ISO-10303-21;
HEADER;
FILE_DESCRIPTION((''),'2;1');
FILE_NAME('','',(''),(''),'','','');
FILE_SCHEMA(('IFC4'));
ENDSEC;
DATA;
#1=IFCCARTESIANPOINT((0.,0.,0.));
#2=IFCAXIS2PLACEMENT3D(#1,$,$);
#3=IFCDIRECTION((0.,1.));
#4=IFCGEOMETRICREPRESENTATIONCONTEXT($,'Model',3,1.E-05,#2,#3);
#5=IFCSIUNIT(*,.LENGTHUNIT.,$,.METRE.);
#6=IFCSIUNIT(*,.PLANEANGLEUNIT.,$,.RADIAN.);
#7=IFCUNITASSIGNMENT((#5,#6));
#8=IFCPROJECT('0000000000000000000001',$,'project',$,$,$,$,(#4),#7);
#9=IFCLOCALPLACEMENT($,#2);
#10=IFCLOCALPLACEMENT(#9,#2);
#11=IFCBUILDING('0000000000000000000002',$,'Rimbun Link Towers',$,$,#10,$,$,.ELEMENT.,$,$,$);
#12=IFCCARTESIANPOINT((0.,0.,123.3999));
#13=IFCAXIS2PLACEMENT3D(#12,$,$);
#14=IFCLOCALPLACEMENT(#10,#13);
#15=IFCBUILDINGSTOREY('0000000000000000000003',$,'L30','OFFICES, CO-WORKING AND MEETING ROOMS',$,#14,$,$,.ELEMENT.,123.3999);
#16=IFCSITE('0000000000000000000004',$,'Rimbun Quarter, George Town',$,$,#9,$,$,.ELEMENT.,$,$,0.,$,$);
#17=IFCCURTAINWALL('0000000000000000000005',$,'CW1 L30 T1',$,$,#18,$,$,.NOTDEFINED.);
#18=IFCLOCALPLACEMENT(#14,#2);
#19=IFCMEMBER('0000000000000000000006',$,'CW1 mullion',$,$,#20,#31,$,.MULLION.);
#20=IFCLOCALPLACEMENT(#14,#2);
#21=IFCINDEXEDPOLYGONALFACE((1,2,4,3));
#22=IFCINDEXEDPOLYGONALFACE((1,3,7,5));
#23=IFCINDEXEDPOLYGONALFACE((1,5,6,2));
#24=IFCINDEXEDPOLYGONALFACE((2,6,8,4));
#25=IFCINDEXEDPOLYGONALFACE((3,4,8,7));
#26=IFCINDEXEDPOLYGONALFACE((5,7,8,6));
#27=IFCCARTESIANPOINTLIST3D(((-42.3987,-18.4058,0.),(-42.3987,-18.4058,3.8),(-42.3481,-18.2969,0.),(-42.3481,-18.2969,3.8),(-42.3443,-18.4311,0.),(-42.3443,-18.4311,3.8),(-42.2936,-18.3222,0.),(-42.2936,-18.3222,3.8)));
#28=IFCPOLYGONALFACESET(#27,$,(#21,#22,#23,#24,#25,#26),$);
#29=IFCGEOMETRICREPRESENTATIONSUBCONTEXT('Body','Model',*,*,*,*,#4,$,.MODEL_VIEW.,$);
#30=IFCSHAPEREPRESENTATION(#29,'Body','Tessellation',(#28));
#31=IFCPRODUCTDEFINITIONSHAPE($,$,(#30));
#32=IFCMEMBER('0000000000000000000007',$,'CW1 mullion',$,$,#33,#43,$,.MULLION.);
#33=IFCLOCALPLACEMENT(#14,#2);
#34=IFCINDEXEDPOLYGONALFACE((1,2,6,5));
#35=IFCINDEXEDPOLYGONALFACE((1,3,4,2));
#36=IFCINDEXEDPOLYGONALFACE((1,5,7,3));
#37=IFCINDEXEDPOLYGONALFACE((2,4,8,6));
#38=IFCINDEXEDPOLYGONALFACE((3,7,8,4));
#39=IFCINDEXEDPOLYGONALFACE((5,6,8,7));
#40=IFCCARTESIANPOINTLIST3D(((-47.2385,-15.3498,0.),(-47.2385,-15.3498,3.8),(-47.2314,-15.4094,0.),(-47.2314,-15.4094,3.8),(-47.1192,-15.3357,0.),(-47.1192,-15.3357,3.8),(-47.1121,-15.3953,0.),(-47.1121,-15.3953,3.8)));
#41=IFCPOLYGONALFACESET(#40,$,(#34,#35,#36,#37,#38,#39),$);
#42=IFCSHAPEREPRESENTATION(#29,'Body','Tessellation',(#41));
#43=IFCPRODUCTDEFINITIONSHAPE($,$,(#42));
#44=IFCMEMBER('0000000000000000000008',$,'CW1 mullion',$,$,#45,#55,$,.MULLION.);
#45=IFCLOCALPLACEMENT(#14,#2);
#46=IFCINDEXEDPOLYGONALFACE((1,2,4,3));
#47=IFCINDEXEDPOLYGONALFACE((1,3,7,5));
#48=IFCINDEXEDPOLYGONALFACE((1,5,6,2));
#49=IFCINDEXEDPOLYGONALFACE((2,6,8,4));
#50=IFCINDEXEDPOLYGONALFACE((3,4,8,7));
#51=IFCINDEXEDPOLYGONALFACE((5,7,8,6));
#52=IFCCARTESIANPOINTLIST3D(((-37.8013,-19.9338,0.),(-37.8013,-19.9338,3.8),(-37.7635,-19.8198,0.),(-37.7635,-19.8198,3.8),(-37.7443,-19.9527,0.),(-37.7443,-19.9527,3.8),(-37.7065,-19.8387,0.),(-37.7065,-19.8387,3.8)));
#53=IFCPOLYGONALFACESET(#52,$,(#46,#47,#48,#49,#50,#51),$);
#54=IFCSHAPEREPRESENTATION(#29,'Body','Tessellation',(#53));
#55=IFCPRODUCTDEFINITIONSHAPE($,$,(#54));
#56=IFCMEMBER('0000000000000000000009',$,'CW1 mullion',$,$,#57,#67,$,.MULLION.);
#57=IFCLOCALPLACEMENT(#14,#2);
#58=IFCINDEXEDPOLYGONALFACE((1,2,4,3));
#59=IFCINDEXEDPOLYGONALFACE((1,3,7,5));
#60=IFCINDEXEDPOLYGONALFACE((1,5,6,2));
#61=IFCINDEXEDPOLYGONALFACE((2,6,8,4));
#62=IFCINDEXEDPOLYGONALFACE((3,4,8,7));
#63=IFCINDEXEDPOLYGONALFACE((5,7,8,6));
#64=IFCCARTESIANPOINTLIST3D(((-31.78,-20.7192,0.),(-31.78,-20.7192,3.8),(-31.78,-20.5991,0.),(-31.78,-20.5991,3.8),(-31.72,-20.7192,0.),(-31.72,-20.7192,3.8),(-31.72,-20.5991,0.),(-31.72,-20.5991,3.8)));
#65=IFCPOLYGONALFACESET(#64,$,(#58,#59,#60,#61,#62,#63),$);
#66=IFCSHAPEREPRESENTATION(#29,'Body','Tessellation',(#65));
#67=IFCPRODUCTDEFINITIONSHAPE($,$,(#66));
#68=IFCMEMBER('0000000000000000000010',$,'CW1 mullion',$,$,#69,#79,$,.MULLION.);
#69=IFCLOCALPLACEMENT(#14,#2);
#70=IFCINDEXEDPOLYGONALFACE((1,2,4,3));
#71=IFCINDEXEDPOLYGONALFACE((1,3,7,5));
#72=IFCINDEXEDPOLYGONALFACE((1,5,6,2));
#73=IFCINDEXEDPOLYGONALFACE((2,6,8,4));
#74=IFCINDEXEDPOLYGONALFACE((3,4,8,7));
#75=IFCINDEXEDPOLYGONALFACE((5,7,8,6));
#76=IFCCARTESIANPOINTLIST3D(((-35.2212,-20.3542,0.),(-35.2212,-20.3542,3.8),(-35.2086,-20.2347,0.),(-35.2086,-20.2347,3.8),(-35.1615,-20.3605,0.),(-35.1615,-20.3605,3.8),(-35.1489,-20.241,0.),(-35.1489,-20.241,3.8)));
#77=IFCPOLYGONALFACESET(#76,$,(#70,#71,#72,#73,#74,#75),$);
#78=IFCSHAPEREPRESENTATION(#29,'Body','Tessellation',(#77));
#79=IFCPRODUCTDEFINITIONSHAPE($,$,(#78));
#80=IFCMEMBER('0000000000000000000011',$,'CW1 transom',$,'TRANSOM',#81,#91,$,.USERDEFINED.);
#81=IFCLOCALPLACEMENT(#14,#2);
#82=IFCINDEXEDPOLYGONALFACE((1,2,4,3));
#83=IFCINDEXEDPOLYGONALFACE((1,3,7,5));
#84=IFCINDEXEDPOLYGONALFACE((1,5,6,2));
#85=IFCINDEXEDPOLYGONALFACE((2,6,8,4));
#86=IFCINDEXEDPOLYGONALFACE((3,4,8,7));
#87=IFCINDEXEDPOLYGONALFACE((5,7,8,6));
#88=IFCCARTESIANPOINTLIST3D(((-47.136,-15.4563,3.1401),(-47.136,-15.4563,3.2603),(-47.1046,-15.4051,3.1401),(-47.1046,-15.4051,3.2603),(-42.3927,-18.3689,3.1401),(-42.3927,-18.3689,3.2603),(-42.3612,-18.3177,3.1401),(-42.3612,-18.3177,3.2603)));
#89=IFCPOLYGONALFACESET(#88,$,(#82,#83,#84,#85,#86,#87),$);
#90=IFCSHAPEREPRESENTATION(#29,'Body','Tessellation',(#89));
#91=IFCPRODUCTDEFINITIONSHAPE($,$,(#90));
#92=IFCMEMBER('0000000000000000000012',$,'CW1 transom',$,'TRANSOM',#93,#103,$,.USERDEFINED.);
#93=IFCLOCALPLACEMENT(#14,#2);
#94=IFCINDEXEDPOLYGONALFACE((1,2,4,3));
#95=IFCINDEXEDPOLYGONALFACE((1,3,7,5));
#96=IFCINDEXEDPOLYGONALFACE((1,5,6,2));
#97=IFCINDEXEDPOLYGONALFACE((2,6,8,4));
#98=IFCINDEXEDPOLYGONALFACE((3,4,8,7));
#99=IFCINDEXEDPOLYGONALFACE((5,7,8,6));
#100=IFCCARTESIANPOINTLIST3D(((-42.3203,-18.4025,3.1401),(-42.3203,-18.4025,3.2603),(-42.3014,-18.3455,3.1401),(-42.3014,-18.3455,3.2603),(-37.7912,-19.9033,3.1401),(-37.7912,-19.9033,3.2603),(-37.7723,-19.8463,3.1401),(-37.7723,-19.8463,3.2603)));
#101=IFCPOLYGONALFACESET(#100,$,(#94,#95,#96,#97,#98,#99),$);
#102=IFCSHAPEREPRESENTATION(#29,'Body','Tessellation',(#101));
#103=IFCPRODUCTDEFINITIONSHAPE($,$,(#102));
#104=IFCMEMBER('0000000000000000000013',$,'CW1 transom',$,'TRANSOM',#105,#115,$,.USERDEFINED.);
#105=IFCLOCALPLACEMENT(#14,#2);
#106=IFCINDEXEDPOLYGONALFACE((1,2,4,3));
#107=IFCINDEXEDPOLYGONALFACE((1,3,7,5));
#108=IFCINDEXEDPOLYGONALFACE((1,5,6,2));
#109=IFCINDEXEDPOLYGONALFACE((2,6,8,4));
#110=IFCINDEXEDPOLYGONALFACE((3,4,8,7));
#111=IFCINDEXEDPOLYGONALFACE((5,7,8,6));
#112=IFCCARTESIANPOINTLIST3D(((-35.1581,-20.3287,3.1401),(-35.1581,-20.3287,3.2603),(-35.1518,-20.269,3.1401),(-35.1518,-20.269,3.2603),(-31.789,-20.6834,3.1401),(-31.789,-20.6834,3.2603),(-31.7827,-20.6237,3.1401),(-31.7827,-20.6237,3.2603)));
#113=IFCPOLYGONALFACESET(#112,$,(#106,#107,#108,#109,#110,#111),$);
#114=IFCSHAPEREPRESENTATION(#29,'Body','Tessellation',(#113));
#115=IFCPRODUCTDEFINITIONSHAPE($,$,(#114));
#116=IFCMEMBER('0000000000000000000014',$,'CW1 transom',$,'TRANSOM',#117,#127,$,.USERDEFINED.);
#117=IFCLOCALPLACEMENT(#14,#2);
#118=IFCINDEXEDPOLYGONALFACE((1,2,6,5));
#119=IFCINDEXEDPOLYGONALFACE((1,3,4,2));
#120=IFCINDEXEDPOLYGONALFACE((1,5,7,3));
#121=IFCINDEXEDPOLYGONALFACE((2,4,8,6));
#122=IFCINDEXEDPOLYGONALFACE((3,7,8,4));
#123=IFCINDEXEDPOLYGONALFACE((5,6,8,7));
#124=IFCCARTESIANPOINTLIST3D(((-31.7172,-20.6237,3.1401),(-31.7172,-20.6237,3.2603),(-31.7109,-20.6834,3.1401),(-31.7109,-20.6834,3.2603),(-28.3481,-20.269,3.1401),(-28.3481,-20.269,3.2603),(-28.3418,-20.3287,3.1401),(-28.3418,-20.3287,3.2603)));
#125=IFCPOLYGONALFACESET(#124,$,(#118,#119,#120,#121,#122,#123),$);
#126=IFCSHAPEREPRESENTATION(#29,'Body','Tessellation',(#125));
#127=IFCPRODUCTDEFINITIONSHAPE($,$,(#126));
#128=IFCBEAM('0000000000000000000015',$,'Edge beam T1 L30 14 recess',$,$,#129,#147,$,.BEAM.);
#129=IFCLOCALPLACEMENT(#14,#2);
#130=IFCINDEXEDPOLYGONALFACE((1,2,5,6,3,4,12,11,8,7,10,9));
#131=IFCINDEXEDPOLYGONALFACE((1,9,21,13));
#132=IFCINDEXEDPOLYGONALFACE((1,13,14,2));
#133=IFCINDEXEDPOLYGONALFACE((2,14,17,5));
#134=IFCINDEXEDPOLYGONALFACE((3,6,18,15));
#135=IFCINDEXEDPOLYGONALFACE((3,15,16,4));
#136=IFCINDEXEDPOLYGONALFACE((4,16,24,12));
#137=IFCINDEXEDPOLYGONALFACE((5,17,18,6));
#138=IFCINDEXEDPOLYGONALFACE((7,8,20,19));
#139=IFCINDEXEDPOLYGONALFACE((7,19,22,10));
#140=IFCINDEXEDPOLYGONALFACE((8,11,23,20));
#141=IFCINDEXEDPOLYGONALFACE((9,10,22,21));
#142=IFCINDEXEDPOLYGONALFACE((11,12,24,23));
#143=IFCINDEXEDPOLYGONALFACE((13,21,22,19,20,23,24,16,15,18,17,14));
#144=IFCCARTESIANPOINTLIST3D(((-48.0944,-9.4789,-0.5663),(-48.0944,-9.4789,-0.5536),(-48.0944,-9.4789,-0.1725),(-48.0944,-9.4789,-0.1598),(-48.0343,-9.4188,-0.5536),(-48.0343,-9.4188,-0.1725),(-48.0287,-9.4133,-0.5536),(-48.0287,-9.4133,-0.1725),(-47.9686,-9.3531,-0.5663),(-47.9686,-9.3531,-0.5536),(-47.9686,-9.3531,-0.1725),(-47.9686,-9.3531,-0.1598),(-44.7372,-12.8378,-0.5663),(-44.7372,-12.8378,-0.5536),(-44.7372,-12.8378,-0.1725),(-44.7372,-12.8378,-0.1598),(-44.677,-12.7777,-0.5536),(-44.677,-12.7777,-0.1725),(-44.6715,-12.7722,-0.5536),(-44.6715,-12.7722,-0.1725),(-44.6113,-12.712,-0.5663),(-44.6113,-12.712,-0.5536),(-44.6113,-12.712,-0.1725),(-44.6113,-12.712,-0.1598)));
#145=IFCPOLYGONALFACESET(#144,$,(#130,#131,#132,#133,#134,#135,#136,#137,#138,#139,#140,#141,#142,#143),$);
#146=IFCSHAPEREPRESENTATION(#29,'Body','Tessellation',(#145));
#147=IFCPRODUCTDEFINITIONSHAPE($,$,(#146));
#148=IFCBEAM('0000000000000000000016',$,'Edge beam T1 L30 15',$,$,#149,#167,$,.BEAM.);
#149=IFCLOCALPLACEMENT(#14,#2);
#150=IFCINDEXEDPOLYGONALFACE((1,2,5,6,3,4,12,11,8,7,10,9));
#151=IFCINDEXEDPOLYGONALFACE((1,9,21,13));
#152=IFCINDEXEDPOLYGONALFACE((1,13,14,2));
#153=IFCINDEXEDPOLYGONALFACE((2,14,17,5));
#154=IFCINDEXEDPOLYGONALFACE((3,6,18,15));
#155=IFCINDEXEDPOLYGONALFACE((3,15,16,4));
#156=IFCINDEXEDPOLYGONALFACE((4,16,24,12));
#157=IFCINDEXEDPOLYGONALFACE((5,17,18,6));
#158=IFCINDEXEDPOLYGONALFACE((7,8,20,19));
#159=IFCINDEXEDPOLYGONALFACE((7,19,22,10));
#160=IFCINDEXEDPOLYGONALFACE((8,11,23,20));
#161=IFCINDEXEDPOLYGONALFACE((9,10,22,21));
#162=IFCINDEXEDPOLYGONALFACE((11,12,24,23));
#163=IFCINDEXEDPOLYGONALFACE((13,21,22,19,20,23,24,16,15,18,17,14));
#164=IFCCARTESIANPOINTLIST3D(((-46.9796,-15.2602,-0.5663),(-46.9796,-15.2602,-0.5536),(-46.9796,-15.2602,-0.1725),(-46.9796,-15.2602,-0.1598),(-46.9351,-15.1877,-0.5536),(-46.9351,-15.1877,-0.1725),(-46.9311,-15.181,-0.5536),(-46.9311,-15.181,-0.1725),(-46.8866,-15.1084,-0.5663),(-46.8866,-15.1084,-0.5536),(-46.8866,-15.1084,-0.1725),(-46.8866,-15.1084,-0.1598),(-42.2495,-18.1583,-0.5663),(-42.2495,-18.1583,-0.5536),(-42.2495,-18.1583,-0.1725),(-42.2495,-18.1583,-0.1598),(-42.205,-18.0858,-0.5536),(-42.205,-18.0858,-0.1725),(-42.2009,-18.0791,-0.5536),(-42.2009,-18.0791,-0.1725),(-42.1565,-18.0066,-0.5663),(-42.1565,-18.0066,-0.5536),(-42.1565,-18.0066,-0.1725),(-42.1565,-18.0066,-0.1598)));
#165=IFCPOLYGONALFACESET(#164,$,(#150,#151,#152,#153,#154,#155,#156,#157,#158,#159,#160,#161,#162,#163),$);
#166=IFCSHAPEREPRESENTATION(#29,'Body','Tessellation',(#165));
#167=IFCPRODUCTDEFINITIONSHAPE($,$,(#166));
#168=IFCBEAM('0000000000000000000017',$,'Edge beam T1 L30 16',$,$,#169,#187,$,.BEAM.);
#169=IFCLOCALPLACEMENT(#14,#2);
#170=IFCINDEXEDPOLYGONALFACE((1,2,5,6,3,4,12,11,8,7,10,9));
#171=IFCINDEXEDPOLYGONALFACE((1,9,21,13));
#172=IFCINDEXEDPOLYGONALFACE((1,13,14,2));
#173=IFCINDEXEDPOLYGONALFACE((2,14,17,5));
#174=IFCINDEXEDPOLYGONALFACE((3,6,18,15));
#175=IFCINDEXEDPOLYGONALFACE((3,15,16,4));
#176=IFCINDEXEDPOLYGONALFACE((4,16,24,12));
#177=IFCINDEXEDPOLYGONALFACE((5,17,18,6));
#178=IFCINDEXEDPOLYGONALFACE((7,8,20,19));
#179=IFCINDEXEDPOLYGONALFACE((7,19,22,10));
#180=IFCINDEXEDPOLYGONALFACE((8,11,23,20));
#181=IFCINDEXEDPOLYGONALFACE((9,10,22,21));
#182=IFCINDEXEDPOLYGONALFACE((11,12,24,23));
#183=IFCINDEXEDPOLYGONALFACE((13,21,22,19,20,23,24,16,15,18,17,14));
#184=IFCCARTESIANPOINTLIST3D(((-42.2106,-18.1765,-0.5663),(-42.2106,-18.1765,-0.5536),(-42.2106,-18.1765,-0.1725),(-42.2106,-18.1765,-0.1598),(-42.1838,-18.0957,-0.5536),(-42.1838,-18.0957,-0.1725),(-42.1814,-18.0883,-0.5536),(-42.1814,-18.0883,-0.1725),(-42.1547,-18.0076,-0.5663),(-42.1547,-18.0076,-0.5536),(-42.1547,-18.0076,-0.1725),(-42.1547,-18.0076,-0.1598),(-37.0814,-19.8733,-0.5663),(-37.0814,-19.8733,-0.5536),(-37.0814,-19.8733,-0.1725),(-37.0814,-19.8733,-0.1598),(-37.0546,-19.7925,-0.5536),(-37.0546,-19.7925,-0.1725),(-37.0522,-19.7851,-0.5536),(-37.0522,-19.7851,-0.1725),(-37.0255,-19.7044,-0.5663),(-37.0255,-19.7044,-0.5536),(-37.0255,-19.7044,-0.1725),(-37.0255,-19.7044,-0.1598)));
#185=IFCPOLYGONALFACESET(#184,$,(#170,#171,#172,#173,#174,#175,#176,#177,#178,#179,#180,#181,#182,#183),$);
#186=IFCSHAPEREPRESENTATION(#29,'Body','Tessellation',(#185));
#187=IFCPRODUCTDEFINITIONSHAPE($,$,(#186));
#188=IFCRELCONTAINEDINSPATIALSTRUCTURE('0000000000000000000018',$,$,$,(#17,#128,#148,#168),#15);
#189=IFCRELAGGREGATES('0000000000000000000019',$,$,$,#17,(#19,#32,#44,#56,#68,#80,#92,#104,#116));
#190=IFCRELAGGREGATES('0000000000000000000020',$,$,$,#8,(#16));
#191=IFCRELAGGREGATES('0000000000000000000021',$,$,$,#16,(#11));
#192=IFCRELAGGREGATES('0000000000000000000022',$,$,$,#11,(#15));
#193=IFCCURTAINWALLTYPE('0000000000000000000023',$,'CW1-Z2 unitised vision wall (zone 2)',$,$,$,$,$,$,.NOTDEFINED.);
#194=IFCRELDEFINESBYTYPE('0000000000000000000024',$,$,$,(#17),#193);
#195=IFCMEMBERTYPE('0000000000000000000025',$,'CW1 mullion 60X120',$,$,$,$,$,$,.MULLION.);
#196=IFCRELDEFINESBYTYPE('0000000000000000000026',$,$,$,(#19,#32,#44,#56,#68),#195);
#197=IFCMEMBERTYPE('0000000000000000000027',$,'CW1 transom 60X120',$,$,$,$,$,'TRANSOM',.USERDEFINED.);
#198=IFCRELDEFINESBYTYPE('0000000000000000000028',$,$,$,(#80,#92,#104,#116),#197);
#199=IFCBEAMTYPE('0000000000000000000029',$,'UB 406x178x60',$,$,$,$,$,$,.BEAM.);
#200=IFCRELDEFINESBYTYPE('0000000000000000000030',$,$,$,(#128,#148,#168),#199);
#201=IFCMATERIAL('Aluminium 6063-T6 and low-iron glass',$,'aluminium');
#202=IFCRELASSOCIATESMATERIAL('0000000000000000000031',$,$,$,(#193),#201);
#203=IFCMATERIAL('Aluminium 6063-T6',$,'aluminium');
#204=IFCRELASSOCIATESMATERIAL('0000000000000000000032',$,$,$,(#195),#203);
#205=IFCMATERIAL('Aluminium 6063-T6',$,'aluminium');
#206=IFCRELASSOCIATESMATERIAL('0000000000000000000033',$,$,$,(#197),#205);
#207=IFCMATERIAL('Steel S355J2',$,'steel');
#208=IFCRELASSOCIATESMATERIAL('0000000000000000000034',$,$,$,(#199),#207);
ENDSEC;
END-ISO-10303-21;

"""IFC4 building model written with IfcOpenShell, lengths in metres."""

from ifc_helpers import new_model, si_unit, direction, frame, origin, origin_2d, place, context, subcontext, project, spatial, rectangle, i_section, extrude, material, material_profile, profile_set, type_object, element, aggregate, save


model = new_model("IFC4")

# Units and contexts
model_context = context("Model", 3, precision=1e-05, world=origin(), true_north=direction((0.0, 1.0)))
body_context = subcontext(model_context, "Body", "Model", "MODEL_VIEW")
ifc_project = project(units=[si_unit("LENGTHUNIT", "METRE"), si_unit("PLANEANGLEUNIT", "RADIAN")], contexts=[model_context])

# Site, building, storey
site_placement = place(None, origin())
site = spatial("IfcSite", under=ifc_project, at=site_placement, Name="Rimbun Quarter, George Town", CompositionType="ELEMENT", RefElevation=0.0)
building_placement = place(site_placement, origin())
building = spatial("IfcBuilding", under=site, at=building_placement, Name="Rimbun Link Towers", CompositionType="ELEMENT")
storey_placement = place(building_placement, frame((0.0, 0.0, 123.3999)))
storey = spatial("IfcBuildingStorey", under=building, at=storey_placement, Name="L30", Description="OFFICES, CO-WORKING AND MEETING ROOMS", CompositionType="ELEMENT", Elevation=123.3999)

# Curtain wall, members
ifc_material_1 = material(Name="Aluminium 6063-T6 and low-iron glass", Category="aluminium")
curtain_wall_type = type_object("IfcCurtainWallType", Name="CW1-Z2 unitised vision wall (zone 2)", PredefinedType="NOTDEFINED", material=ifc_material_1)
curtain_wall_placement = place(storey_placement, origin())
curtain_wall = element("IfcCurtainWall", 1, at=curtain_wall_placement, inside=storey, type_object=curtain_wall_type, Name="CW1 L30 T1", PredefinedType="NOTDEFINED")
ifc_material_2 = material(Name="Aluminium 6063-T6", Category="aluminium")
ifc_material_profile_1 = material_profile(ifc_material_2, rectangle(XDim=0.1201, YDim=0.0601, at=origin_2d()), Name="MULLION 60X120")
ifc_profile_set_1 = profile_set([ifc_material_profile_1], Name="Aluminium 6063-T6")
member_type_1 = type_object("IfcMemberType", Name="CW1 mullion 60X120", PredefinedType="MULLION", material=ifc_profile_set_1)
member_1_placement = place(storey_placement, frame((-42.3462, -18.364, 0.0), z_axis=(0.0, 0.0, 1.0), x_axis=(-0.421705, -0.906733, 0.0)))
member_1 = element("IfcMember", 2, at=member_1_placement, type_object=member_type_1, Name="CW1 mullion", PredefinedType="MULLION", context=body_context, shape_type="SweptSolid", body=[
    extrude(rectangle(XDim=0.1201, YDim=0.0601, at=origin_2d()), origin(), (0.0, 0.0, 1.0), 3.8),
])
member_2_placement = place(storey_placement, frame((-47.1753, -15.3726, 0.0), z_axis=(0.0, 0.0, 1.0), x_axis=(-0.99312, -0.117104, 0.0)))
member_2 = element("IfcMember", 3, at=member_2_placement, type_object=member_type_1, Name="CW1 mullion", PredefinedType="MULLION", context=body_context, shape_type="SweptSolid", body=[
    extrude(rectangle(XDim=0.1201, YDim=0.0601, at=origin_2d()), origin(), (0.0, 0.0, 1.0), 3.8),
])
member_3_placement = place(storey_placement, frame((-37.7539, -19.8862, 0.0), z_axis=(0.0, 0.0, 1.0), x_axis=(-0.314563, -0.949236, 0.0)))
member_3 = element("IfcMember", 4, at=member_3_placement, type_object=member_type_1, Name="CW1 mullion", PredefinedType="MULLION", context=body_context, shape_type="SweptSolid", body=[
    extrude(rectangle(XDim=0.1201, YDim=0.0601, at=origin_2d()), origin(), (0.0, 0.0, 1.0), 3.8),
])
member_4_placement = place(storey_placement, frame((-31.75, -20.6592, 0.0), z_axis=(0.0, 0.0, 1.0), x_axis=(0.0, -1.0, 0.0)))
member_4 = element("IfcMember", 5, at=member_4_placement, type_object=member_type_1, Name="CW1 mullion", PredefinedType="MULLION", context=body_context, shape_type="SweptSolid", body=[
    extrude(rectangle(XDim=0.1201, YDim=0.0601, at=origin_2d()), origin(), (0.0, 0.0, 1.0), 3.8),
])
member_5_placement = place(storey_placement, frame((-35.1851, -20.2976, 0.0), z_axis=(0.0, 0.0, 1.0), x_axis=(-0.104748, -0.994499, 0.0)))
member_5 = element("IfcMember", 6, at=member_5_placement, type_object=member_type_1, Name="CW1 mullion", PredefinedType="MULLION", context=body_context, shape_type="SweptSolid", body=[
    extrude(rectangle(XDim=0.1201, YDim=0.0601, at=origin_2d()), origin(), (0.0, 0.0, 1.0), 3.8),
])
ifc_material_3 = material(Name="Aluminium 6063-T6", Category="aluminium")
ifc_material_profile_2 = material_profile(ifc_material_3, rectangle(XDim=0.0601, YDim=0.1201, at=origin_2d()), Name="TRANSOM 60X120")
ifc_profile_set_2 = profile_set([ifc_material_profile_2], Name="Aluminium 6063-T6")
member_type_2 = type_object("IfcMemberType", Name="CW1 transom 60X120", ElementType="TRANSOM", PredefinedType="USERDEFINED", material=ifc_profile_set_2)
member_6_placement = place(storey_placement, frame((-42.377, -18.3433, 3.2002), z_axis=(-0.852173, 0.52326, 0.0), x_axis=(-0.52326, -0.852173, 0.0)))
member_6 = element("IfcMember", 7, at=member_6_placement, type_object=member_type_2, Name="CW1 transom", ObjectType="TRANSOM", PredefinedType="USERDEFINED", context=body_context, shape_type="SweptSolid", body=[
    extrude(rectangle(XDim=0.0601, YDim=0.1201, at=origin_2d()), origin(), (0.0, 0.0, 1.0), 5.5662),
])
member_7_placement = place(storey_placement, frame((-37.7817, -19.8748, 3.2002), z_axis=(-0.949245, 0.314539, 0.0), x_axis=(-0.314539, -0.949245, 0.0)))
member_7 = element("IfcMember", 8, at=member_7_placement, type_object=member_type_2, Name="CW1 transom", ObjectType="TRANSOM", PredefinedType="USERDEFINED", context=body_context, shape_type="SweptSolid", body=[
    extrude(rectangle(XDim=0.0601, YDim=0.1201, at=origin_2d()), origin(), (0.0, 0.0, 1.0), 4.7712),
])
member_8_placement = place(storey_placement, frame((-31.7859, -20.6536, 3.2002), z_axis=(-0.994503, 0.104711, 0.0), x_axis=(-0.104711, -0.994503, 0.0)))
member_8 = element("IfcMember", 9, at=member_8_placement, type_object=member_type_2, Name="CW1 transom", ObjectType="TRANSOM", PredefinedType="USERDEFINED", context=body_context, shape_type="SweptSolid", body=[
    extrude(rectangle(XDim=0.0601, YDim=0.1201, at=origin_2d()), origin(), (0.0, 0.0, 1.0), 3.3877),
])
member_9_placement = place(storey_placement, frame((-28.345, -20.2988, 3.2002), z_axis=(-0.994503, -0.104711, 0.0), x_axis=(0.104711, -0.994503, 0.0)))
member_9 = element("IfcMember", 10, at=member_9_placement, type_object=member_type_2, Name="CW1 transom", ObjectType="TRANSOM", PredefinedType="USERDEFINED", context=body_context, shape_type="SweptSolid", body=[
    extrude(rectangle(XDim=0.0601, YDim=0.1201, at=origin_2d()), origin(), (0.0, 0.0, 1.0), 3.3877),
])

# Beams
ifc_material_4 = material(Name="Steel S355J2", Category="steel")
ifc_material_profile_3 = material_profile(ifc_material_4, i_section(OverallWidth=0.178, OverallDepth=0.4065, WebThickness=0.0078, FlangeThickness=0.0127, at=origin_2d()), Name="UB 406x178x60")
ifc_profile_set_3 = profile_set([ifc_material_profile_3], Name="Steel S355J2")
beam_type = type_object("IfcBeamType", Name="UB 406x178x60", PredefinedType="BEAM", material=ifc_profile_set_3)
beam_1_placement = place(storey_placement, frame((-48.0315, -9.416, -0.363), z_axis=(0.706927, -0.707287, 0.0), x_axis=(0.707287, 0.706927, 0.0)))
element("IfcBeam", 11, at=beam_1_placement, inside=storey, type_object=beam_type, Name="Edge beam T1 L30 14 recess", PredefinedType="BEAM", context=body_context, shape_type="SweptSolid", body=[
    extrude(i_section(OverallWidth=0.178, OverallDepth=0.4065, WebThickness=0.0078, FlangeThickness=0.0127, at=origin_2d()), origin(), (0.0, 0.0, 1.0), 4.749),
])
beam_2_placement = place(storey_placement, frame((-46.9331, -15.1843, -0.363), z_axis=(0.85268, -0.522434, 0.0), x_axis=(0.522434, 0.85268, 0.0)))
element("IfcBeam", 12, at=beam_2_placement, inside=storey, type_object=beam_type, Name="Edge beam T1 L30 15", PredefinedType="BEAM", context=body_context, shape_type="SweptSolid", body=[
    extrude(i_section(OverallWidth=0.178, OverallDepth=0.4065, WebThickness=0.0078, FlangeThickness=0.0127, at=origin_2d()), origin(), (0.0, 0.0, 1.0), 5.5474),
])
beam_3_placement = place(storey_placement, frame((-42.1826, -18.092, -0.363), z_axis=(0.949399, -0.314071, 0.0), x_axis=(0.314071, 0.949399, 0.0)))
element("IfcBeam", 13, at=beam_3_placement, inside=storey, type_object=beam_type, Name="Edge beam T1 L30 16", PredefinedType="BEAM", context=body_context, shape_type="SweptSolid", body=[
    extrude(i_section(OverallWidth=0.178, OverallDepth=0.4065, WebThickness=0.0078, FlangeThickness=0.0127, at=origin_2d()), origin(), (0.0, 0.0, 1.0), 5.4026),
])

aggregate(curtain_wall, [member_1, member_2, member_3, member_4, member_5, member_6, member_7, member_8, member_9])

save(model, "model.ifc")
